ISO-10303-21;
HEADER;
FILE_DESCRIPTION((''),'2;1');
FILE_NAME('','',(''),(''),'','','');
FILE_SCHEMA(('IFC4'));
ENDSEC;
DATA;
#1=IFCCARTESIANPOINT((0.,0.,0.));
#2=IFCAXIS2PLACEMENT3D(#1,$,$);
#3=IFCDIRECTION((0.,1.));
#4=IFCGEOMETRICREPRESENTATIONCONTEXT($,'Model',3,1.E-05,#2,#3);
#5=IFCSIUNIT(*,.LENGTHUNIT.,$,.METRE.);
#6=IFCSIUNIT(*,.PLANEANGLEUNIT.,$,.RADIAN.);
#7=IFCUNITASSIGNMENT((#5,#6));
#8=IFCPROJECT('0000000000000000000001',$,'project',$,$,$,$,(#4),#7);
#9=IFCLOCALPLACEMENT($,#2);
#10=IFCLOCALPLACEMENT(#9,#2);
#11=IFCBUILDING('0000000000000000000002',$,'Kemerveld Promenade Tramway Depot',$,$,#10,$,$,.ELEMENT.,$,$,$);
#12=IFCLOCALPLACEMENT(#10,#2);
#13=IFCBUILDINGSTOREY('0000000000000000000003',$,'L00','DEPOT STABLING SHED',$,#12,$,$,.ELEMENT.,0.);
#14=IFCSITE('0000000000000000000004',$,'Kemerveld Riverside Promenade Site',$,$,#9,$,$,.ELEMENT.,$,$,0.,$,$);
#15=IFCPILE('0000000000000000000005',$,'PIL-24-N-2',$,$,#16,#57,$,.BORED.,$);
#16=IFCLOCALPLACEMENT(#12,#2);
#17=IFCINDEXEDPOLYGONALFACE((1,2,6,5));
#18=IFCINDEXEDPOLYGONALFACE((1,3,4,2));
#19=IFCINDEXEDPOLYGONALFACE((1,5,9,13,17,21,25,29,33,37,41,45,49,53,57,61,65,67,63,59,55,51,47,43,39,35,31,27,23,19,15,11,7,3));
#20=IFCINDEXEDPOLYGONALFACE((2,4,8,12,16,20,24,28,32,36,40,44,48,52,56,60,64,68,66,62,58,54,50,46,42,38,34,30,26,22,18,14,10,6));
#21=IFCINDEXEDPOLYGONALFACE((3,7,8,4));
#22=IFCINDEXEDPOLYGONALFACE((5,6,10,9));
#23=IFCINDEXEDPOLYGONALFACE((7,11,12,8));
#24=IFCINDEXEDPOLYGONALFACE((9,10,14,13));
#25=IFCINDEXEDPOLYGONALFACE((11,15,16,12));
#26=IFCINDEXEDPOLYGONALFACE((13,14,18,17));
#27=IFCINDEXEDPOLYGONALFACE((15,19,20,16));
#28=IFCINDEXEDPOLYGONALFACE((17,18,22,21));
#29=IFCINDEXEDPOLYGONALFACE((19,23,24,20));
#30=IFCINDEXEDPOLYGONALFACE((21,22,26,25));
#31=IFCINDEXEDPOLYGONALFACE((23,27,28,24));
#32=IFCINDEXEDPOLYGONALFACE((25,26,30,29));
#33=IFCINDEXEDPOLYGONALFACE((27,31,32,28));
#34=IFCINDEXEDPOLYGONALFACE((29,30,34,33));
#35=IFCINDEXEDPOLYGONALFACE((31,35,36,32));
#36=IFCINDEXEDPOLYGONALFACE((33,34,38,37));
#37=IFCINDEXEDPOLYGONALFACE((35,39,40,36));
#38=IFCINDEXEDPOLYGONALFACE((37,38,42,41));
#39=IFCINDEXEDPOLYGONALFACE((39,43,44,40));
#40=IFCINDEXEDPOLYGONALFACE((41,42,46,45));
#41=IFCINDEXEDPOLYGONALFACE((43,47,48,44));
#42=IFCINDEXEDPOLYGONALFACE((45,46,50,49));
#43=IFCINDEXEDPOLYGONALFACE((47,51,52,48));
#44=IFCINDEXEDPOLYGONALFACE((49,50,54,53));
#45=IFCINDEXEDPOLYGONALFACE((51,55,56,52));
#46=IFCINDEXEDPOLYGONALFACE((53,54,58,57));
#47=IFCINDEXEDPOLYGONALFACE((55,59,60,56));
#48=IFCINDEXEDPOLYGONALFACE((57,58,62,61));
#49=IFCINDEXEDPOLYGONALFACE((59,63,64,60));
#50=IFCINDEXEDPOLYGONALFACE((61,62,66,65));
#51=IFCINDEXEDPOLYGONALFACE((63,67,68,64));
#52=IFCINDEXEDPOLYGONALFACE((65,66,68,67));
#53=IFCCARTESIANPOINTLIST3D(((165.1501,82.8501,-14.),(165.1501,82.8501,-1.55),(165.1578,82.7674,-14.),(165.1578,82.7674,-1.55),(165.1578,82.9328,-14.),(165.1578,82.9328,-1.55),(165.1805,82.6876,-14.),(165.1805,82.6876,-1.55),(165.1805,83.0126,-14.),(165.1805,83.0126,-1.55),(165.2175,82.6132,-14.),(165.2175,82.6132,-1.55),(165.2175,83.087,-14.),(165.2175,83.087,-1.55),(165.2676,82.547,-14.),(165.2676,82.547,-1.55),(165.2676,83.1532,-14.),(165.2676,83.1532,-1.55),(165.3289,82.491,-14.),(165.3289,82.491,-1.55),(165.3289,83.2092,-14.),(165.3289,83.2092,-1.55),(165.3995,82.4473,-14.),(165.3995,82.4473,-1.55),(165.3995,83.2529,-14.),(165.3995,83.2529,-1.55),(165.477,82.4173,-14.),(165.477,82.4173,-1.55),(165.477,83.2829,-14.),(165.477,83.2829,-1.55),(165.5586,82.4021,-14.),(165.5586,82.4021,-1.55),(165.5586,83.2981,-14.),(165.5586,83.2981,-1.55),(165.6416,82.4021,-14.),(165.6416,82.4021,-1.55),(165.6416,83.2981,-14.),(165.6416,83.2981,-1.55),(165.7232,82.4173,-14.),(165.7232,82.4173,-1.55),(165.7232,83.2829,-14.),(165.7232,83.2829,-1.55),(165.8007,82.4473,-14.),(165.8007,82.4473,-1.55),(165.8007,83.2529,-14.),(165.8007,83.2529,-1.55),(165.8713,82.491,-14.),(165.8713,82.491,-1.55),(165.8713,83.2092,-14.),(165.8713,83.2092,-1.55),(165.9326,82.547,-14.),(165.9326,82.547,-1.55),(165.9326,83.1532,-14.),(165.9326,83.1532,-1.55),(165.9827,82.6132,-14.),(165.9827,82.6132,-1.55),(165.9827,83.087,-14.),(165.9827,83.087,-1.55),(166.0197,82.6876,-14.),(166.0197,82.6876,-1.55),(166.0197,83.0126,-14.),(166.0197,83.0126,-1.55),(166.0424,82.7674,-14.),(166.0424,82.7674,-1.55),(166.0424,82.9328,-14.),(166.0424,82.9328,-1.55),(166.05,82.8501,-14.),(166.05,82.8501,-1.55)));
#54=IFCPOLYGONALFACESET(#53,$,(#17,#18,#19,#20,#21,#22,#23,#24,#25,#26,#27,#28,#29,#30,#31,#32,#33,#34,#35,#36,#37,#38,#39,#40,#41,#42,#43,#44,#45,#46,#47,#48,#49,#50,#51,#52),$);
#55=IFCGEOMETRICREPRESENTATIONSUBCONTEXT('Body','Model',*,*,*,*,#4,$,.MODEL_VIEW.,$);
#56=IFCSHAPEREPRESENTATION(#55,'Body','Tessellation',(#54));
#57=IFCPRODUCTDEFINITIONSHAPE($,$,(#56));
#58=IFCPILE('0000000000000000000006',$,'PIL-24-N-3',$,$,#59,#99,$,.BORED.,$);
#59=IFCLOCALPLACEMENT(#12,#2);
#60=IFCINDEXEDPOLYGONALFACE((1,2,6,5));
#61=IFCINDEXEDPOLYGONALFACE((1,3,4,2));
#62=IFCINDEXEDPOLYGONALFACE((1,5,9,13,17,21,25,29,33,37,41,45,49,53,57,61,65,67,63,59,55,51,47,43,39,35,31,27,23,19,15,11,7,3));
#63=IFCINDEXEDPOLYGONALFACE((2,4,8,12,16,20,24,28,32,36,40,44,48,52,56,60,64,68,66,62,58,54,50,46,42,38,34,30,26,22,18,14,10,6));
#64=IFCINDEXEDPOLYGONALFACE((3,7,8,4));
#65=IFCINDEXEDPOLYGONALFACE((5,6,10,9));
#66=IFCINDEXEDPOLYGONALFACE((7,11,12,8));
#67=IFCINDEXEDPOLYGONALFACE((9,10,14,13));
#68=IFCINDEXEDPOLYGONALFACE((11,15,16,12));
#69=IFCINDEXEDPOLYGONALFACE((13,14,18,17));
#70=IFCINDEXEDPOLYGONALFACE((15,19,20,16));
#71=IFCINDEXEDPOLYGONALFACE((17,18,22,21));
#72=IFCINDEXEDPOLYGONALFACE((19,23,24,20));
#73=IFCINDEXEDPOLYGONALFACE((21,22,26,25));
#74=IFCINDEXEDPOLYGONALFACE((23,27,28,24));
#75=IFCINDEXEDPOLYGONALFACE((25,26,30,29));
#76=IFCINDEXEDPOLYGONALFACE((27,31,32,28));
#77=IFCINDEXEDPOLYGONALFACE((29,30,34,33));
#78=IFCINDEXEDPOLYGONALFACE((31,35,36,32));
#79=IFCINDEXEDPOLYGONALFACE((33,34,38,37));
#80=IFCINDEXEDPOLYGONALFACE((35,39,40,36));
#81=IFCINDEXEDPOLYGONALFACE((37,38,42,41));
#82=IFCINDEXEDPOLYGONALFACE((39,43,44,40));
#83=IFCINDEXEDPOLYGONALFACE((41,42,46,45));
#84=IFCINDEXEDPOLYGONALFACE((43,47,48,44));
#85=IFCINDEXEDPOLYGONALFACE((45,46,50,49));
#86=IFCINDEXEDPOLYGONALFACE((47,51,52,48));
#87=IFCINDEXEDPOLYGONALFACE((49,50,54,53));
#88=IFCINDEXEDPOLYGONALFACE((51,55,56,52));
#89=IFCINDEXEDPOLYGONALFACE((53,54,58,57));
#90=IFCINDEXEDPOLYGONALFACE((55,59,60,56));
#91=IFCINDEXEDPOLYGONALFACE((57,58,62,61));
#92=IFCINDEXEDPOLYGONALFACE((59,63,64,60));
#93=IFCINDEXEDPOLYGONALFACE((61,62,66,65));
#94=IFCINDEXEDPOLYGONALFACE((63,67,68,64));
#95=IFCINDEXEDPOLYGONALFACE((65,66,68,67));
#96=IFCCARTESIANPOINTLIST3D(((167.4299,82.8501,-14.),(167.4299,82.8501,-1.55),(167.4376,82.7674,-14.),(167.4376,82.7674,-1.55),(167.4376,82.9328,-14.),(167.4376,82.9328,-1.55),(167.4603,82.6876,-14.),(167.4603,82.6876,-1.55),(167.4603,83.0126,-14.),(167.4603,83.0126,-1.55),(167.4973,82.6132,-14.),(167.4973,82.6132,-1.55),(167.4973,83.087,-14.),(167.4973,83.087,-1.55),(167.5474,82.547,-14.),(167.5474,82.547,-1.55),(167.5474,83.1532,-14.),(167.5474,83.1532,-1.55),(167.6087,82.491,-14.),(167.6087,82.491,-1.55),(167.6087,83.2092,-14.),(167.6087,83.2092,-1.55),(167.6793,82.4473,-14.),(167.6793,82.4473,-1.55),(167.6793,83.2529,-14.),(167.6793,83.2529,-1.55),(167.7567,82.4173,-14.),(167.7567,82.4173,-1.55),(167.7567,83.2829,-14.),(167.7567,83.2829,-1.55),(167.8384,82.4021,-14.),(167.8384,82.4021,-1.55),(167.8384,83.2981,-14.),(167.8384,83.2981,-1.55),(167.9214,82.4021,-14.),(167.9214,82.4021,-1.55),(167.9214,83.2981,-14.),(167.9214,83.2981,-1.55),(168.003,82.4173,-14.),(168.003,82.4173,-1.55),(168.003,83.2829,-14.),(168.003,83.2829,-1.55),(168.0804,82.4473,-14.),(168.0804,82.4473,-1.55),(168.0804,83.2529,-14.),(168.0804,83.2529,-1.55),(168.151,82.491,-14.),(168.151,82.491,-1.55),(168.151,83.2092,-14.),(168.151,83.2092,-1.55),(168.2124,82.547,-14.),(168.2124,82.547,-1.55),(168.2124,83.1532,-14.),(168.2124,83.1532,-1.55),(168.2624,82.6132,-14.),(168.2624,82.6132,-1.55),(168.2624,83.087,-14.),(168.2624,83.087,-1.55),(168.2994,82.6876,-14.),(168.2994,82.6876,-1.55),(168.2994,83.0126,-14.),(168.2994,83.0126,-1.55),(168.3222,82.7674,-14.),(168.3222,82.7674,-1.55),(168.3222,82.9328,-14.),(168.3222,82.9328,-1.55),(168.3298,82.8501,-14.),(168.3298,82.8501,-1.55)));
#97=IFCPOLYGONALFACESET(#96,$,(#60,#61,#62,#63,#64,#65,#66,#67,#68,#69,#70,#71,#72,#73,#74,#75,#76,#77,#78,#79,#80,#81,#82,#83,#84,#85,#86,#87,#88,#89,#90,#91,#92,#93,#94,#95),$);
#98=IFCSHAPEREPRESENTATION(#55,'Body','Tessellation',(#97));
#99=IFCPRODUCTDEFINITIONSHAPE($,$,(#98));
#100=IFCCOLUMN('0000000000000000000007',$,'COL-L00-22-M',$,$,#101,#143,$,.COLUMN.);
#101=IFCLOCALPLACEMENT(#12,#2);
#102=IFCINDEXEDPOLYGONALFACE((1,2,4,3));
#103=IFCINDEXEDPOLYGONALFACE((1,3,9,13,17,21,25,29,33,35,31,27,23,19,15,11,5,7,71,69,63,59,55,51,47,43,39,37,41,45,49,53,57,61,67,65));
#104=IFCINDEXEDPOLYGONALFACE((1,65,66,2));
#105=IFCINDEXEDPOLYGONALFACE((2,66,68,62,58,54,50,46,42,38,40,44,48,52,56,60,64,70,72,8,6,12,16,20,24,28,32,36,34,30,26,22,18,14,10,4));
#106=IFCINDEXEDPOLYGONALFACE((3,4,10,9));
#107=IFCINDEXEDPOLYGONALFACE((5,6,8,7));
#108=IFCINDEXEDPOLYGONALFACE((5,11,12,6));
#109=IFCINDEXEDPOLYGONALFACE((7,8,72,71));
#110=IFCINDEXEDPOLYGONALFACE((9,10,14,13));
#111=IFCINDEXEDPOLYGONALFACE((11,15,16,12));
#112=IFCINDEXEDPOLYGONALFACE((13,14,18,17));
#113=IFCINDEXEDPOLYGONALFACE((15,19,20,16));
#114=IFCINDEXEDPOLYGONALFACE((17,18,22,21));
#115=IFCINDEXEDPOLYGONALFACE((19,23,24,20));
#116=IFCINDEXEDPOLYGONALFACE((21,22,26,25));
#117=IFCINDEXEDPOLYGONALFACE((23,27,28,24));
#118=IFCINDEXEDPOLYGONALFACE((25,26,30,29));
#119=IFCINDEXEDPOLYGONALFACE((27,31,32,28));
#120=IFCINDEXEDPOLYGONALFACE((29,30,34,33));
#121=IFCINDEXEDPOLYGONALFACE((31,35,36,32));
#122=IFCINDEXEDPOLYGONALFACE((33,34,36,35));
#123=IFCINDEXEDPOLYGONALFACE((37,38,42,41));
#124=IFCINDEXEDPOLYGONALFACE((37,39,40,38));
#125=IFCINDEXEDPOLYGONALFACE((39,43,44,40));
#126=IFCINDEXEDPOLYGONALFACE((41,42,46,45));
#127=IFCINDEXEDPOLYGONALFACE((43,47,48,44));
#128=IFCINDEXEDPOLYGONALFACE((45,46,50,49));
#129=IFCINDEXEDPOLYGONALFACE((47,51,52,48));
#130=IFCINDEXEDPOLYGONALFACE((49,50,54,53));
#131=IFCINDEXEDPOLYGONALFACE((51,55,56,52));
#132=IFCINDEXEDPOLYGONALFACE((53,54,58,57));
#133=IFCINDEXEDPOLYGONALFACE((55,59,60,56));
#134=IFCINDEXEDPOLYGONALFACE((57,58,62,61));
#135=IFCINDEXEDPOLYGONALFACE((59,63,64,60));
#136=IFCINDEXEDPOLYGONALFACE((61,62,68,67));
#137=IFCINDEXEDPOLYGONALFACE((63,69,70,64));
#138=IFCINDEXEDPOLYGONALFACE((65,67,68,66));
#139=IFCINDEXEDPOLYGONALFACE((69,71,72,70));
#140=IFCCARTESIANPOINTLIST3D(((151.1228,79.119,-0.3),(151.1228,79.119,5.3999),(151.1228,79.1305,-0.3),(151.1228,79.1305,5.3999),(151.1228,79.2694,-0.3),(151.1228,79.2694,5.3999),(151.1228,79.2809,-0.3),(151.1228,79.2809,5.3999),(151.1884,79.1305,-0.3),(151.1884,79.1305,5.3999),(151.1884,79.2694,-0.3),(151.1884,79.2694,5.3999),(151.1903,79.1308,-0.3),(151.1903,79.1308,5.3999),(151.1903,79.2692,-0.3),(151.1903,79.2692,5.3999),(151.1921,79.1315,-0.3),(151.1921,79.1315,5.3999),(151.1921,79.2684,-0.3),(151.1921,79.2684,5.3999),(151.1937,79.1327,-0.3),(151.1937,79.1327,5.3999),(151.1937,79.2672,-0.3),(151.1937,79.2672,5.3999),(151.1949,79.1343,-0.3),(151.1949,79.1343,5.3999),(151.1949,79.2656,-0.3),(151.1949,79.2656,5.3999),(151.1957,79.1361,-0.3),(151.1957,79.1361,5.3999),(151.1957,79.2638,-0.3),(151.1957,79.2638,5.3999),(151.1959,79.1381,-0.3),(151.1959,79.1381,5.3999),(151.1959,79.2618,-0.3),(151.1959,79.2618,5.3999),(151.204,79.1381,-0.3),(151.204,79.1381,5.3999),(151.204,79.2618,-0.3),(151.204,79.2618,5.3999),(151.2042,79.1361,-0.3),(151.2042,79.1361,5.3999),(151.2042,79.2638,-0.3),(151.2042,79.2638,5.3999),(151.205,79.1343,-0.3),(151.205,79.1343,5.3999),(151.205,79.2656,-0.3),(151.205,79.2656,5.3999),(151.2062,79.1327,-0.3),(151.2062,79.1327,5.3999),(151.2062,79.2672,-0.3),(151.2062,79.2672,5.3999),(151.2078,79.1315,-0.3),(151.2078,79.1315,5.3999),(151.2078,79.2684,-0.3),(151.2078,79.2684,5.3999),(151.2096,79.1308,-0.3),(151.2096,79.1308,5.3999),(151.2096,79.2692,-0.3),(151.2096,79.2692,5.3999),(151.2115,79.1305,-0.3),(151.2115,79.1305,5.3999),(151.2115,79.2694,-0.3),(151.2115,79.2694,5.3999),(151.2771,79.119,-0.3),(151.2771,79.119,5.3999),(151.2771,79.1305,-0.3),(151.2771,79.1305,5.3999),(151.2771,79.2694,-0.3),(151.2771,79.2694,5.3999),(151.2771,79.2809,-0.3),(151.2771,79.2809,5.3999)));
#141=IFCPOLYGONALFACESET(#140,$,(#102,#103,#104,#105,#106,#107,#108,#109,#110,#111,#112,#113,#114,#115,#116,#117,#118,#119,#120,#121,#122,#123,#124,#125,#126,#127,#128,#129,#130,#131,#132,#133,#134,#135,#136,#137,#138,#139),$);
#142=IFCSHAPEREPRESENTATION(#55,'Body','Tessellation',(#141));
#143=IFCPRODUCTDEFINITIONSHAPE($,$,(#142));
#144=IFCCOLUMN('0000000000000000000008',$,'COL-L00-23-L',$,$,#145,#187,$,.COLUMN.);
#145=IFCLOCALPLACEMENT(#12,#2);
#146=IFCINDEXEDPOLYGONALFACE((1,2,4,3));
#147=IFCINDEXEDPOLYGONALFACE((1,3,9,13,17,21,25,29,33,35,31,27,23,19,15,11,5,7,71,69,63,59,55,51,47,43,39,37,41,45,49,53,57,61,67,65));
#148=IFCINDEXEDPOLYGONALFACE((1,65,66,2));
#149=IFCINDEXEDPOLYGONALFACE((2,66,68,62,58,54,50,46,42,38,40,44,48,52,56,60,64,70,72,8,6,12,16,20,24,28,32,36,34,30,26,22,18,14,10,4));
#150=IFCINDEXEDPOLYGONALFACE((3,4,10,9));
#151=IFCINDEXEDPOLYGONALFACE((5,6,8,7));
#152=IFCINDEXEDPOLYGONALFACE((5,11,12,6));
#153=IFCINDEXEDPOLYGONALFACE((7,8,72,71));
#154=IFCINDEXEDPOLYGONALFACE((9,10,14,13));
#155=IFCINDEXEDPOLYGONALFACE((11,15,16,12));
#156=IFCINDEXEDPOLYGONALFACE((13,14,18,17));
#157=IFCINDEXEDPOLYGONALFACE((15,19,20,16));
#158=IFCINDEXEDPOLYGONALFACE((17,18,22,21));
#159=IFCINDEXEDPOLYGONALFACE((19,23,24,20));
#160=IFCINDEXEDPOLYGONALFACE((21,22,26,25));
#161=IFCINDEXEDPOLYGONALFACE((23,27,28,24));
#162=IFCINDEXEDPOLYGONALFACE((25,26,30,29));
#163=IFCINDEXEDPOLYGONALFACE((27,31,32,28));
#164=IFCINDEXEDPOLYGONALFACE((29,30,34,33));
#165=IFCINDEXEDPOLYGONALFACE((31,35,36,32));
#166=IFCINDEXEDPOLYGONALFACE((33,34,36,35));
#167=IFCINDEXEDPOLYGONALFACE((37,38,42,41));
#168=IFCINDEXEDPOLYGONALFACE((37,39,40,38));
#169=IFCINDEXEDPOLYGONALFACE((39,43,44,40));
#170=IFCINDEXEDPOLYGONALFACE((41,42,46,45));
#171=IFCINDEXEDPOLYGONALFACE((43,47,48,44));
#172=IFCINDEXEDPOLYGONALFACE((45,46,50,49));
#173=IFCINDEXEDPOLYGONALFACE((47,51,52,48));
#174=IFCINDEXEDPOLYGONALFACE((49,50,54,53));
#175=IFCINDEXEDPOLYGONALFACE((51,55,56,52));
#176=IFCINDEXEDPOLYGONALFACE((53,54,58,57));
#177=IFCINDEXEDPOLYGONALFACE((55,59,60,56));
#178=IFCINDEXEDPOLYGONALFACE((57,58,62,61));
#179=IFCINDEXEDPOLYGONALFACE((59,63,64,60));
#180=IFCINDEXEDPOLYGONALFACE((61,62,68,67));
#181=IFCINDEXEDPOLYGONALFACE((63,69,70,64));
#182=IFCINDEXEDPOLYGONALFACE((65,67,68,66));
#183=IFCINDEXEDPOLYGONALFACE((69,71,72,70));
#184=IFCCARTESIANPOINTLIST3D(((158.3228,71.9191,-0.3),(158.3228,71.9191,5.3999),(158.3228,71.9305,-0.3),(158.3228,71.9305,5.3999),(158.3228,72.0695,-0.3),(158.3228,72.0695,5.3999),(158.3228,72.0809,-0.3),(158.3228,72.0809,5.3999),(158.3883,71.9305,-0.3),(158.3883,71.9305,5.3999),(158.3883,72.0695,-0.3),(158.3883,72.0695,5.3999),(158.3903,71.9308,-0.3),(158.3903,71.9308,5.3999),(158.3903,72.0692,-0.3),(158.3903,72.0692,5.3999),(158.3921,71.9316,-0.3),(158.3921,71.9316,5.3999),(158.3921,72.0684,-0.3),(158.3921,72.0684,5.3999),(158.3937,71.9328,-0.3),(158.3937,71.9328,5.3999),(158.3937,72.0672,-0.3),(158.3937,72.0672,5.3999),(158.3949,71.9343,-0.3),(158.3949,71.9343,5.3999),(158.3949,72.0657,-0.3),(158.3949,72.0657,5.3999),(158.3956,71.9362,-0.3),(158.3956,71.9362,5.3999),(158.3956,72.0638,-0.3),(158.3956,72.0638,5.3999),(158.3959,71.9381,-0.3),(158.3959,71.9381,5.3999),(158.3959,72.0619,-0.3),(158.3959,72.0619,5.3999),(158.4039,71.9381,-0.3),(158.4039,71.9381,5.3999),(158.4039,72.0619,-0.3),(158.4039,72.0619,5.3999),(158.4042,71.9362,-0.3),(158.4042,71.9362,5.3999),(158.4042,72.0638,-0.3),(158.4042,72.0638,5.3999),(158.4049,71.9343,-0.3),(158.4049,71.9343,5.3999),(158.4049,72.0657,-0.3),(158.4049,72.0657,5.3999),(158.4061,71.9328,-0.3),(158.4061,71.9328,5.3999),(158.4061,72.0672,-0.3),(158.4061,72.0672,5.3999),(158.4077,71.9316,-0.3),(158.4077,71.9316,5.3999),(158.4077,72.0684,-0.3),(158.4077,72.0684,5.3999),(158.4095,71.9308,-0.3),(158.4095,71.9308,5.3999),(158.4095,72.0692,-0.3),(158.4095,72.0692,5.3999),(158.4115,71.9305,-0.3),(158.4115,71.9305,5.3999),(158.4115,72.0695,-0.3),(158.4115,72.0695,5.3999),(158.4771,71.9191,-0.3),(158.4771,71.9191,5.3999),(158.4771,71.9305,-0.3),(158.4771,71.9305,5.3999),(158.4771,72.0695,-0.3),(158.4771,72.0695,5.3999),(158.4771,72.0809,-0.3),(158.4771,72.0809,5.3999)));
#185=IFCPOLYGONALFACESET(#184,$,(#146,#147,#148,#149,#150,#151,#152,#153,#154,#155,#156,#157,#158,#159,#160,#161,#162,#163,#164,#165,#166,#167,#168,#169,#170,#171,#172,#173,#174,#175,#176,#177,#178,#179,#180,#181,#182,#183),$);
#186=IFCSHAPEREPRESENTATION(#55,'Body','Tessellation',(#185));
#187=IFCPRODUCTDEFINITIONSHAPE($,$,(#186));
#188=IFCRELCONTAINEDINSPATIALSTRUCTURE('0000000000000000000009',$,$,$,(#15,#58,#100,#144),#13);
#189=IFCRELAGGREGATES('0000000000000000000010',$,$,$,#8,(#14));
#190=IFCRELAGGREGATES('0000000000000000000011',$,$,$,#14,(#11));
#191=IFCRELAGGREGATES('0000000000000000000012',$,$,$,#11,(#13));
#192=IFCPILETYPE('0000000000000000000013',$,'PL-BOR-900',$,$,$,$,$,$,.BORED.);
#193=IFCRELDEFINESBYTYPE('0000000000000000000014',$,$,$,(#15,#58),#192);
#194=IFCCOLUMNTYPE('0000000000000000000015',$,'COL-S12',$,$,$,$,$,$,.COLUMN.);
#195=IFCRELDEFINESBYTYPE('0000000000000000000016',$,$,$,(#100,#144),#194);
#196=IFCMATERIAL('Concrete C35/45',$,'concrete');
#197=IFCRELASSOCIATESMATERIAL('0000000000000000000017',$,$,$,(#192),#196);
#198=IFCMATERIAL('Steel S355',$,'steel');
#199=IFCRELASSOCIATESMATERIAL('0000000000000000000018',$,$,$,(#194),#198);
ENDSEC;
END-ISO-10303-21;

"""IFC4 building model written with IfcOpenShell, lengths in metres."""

from ifc_helpers import new_model, si_unit, direction, frame, origin, origin_2d, place, context, subcontext, project, spatial, circle, i_section, extrude, material, material_profile, profile_set, type_object, element, save


model = new_model("IFC4")

# Units and contexts
model_context = context("Model", 3, precision=1e-05, world=origin(), true_north=direction((0.0, 1.0)))
body_context = subcontext(model_context, "Body", "Model", "MODEL_VIEW")
ifc_project = project(units=[si_unit("LENGTHUNIT", "METRE"), si_unit("PLANEANGLEUNIT", "RADIAN")], contexts=[model_context])

# Site, building, storey
site_placement = place(None, origin())
site = spatial("IfcSite", under=ifc_project, at=site_placement, Name="Kemerveld Riverside Promenade Site", CompositionType="ELEMENT", RefElevation=0.0)
building_placement = place(site_placement, origin())
building = spatial("IfcBuilding", under=site, at=building_placement, Name="Kemerveld Promenade Tramway Depot", CompositionType="ELEMENT")
storey_placement = place(building_placement, origin())
storey = spatial("IfcBuildingStorey", under=building, at=storey_placement, Name="L00", Description="DEPOT STABLING SHED", CompositionType="ELEMENT", Elevation=0.0)

# Shared definitions
ifc_material_1 = material(Name="Concrete C35/45", Category="concrete")

# Piles
ifc_material_profile_1 = material_profile(ifc_material_1, circle(Radius=0.45, at=origin_2d()), Name="PILE-D900")
ifc_profile_set_1 = profile_set([ifc_material_profile_1], Name="Concrete C35/45")
pile_type_1 = type_object("IfcPileType", Name="PL-BOR-900", PredefinedType="BORED", material=ifc_profile_set_1)
for number, where, z_axis, x_axis, name in (
    (1, (165.6001, 82.8501, -1.55), (0.0, 0.0, -1.0), (1.0, 0.0, 0.0), "PIL-24-N-2"),
    (2, (167.8799, 82.8501, -1.55), (0.0, 0.0, -1.0), (1.0, 0.0, 0.0), "PIL-24-N-3"),
):
    element("IfcPile", number, at=place(storey_placement, frame(where, z_axis=z_axis, x_axis=x_axis)), inside=storey, type_object=pile_type_1, Name=name, PredefinedType="BORED", context=body_context, shape_type="SweptSolid", body=[
        extrude(circle(Radius=0.45, at=origin_2d()), origin(), (0.0, 0.0, 1.0), 12.45),
    ])

# Columns
ifc_material_2 = material(Name="Steel S355", Category="steel")
ifc_material_profile_2 = material_profile(ifc_material_2, i_section(OverallWidth=0.1543, OverallDepth=0.1619, WebThickness=0.0081, FlangeThickness=0.0115, FilletRadius=0.0076, at=origin_2d()), Name="152x152x37 UC")
ifc_profile_set_2 = profile_set([ifc_material_profile_2], Name="Steel S355")
column_type_1 = type_object("IfcColumnType", Name="COL-S12", PredefinedType="COLUMN", material=ifc_profile_set_2)
for number, where, z_axis, x_axis, name in (
    (3, (151.2, 79.2, -0.3), (0.0, 0.0, 1.0), (1.0, 0.0, 0.0), "COL-L00-22-M"),
    (4, (158.3999, 72.0, -0.3), (0.0, 0.0, 1.0), (1.0, 0.0, 0.0), "COL-L00-23-L"),
):
    element("IfcColumn", number, at=place(storey_placement, frame(where, z_axis=z_axis, x_axis=x_axis)), inside=storey, type_object=column_type_1, Name=name, PredefinedType="COLUMN", context=body_context, shape_type="SweptSolid", body=[
        extrude(i_section(OverallWidth=0.1543, OverallDepth=0.1619, WebThickness=0.0081, FlangeThickness=0.0115, FilletRadius=0.0076, at=origin_2d()), origin(), (0.0, 0.0, 1.0), 5.7),
    ])

save(model, "model.ifc")
